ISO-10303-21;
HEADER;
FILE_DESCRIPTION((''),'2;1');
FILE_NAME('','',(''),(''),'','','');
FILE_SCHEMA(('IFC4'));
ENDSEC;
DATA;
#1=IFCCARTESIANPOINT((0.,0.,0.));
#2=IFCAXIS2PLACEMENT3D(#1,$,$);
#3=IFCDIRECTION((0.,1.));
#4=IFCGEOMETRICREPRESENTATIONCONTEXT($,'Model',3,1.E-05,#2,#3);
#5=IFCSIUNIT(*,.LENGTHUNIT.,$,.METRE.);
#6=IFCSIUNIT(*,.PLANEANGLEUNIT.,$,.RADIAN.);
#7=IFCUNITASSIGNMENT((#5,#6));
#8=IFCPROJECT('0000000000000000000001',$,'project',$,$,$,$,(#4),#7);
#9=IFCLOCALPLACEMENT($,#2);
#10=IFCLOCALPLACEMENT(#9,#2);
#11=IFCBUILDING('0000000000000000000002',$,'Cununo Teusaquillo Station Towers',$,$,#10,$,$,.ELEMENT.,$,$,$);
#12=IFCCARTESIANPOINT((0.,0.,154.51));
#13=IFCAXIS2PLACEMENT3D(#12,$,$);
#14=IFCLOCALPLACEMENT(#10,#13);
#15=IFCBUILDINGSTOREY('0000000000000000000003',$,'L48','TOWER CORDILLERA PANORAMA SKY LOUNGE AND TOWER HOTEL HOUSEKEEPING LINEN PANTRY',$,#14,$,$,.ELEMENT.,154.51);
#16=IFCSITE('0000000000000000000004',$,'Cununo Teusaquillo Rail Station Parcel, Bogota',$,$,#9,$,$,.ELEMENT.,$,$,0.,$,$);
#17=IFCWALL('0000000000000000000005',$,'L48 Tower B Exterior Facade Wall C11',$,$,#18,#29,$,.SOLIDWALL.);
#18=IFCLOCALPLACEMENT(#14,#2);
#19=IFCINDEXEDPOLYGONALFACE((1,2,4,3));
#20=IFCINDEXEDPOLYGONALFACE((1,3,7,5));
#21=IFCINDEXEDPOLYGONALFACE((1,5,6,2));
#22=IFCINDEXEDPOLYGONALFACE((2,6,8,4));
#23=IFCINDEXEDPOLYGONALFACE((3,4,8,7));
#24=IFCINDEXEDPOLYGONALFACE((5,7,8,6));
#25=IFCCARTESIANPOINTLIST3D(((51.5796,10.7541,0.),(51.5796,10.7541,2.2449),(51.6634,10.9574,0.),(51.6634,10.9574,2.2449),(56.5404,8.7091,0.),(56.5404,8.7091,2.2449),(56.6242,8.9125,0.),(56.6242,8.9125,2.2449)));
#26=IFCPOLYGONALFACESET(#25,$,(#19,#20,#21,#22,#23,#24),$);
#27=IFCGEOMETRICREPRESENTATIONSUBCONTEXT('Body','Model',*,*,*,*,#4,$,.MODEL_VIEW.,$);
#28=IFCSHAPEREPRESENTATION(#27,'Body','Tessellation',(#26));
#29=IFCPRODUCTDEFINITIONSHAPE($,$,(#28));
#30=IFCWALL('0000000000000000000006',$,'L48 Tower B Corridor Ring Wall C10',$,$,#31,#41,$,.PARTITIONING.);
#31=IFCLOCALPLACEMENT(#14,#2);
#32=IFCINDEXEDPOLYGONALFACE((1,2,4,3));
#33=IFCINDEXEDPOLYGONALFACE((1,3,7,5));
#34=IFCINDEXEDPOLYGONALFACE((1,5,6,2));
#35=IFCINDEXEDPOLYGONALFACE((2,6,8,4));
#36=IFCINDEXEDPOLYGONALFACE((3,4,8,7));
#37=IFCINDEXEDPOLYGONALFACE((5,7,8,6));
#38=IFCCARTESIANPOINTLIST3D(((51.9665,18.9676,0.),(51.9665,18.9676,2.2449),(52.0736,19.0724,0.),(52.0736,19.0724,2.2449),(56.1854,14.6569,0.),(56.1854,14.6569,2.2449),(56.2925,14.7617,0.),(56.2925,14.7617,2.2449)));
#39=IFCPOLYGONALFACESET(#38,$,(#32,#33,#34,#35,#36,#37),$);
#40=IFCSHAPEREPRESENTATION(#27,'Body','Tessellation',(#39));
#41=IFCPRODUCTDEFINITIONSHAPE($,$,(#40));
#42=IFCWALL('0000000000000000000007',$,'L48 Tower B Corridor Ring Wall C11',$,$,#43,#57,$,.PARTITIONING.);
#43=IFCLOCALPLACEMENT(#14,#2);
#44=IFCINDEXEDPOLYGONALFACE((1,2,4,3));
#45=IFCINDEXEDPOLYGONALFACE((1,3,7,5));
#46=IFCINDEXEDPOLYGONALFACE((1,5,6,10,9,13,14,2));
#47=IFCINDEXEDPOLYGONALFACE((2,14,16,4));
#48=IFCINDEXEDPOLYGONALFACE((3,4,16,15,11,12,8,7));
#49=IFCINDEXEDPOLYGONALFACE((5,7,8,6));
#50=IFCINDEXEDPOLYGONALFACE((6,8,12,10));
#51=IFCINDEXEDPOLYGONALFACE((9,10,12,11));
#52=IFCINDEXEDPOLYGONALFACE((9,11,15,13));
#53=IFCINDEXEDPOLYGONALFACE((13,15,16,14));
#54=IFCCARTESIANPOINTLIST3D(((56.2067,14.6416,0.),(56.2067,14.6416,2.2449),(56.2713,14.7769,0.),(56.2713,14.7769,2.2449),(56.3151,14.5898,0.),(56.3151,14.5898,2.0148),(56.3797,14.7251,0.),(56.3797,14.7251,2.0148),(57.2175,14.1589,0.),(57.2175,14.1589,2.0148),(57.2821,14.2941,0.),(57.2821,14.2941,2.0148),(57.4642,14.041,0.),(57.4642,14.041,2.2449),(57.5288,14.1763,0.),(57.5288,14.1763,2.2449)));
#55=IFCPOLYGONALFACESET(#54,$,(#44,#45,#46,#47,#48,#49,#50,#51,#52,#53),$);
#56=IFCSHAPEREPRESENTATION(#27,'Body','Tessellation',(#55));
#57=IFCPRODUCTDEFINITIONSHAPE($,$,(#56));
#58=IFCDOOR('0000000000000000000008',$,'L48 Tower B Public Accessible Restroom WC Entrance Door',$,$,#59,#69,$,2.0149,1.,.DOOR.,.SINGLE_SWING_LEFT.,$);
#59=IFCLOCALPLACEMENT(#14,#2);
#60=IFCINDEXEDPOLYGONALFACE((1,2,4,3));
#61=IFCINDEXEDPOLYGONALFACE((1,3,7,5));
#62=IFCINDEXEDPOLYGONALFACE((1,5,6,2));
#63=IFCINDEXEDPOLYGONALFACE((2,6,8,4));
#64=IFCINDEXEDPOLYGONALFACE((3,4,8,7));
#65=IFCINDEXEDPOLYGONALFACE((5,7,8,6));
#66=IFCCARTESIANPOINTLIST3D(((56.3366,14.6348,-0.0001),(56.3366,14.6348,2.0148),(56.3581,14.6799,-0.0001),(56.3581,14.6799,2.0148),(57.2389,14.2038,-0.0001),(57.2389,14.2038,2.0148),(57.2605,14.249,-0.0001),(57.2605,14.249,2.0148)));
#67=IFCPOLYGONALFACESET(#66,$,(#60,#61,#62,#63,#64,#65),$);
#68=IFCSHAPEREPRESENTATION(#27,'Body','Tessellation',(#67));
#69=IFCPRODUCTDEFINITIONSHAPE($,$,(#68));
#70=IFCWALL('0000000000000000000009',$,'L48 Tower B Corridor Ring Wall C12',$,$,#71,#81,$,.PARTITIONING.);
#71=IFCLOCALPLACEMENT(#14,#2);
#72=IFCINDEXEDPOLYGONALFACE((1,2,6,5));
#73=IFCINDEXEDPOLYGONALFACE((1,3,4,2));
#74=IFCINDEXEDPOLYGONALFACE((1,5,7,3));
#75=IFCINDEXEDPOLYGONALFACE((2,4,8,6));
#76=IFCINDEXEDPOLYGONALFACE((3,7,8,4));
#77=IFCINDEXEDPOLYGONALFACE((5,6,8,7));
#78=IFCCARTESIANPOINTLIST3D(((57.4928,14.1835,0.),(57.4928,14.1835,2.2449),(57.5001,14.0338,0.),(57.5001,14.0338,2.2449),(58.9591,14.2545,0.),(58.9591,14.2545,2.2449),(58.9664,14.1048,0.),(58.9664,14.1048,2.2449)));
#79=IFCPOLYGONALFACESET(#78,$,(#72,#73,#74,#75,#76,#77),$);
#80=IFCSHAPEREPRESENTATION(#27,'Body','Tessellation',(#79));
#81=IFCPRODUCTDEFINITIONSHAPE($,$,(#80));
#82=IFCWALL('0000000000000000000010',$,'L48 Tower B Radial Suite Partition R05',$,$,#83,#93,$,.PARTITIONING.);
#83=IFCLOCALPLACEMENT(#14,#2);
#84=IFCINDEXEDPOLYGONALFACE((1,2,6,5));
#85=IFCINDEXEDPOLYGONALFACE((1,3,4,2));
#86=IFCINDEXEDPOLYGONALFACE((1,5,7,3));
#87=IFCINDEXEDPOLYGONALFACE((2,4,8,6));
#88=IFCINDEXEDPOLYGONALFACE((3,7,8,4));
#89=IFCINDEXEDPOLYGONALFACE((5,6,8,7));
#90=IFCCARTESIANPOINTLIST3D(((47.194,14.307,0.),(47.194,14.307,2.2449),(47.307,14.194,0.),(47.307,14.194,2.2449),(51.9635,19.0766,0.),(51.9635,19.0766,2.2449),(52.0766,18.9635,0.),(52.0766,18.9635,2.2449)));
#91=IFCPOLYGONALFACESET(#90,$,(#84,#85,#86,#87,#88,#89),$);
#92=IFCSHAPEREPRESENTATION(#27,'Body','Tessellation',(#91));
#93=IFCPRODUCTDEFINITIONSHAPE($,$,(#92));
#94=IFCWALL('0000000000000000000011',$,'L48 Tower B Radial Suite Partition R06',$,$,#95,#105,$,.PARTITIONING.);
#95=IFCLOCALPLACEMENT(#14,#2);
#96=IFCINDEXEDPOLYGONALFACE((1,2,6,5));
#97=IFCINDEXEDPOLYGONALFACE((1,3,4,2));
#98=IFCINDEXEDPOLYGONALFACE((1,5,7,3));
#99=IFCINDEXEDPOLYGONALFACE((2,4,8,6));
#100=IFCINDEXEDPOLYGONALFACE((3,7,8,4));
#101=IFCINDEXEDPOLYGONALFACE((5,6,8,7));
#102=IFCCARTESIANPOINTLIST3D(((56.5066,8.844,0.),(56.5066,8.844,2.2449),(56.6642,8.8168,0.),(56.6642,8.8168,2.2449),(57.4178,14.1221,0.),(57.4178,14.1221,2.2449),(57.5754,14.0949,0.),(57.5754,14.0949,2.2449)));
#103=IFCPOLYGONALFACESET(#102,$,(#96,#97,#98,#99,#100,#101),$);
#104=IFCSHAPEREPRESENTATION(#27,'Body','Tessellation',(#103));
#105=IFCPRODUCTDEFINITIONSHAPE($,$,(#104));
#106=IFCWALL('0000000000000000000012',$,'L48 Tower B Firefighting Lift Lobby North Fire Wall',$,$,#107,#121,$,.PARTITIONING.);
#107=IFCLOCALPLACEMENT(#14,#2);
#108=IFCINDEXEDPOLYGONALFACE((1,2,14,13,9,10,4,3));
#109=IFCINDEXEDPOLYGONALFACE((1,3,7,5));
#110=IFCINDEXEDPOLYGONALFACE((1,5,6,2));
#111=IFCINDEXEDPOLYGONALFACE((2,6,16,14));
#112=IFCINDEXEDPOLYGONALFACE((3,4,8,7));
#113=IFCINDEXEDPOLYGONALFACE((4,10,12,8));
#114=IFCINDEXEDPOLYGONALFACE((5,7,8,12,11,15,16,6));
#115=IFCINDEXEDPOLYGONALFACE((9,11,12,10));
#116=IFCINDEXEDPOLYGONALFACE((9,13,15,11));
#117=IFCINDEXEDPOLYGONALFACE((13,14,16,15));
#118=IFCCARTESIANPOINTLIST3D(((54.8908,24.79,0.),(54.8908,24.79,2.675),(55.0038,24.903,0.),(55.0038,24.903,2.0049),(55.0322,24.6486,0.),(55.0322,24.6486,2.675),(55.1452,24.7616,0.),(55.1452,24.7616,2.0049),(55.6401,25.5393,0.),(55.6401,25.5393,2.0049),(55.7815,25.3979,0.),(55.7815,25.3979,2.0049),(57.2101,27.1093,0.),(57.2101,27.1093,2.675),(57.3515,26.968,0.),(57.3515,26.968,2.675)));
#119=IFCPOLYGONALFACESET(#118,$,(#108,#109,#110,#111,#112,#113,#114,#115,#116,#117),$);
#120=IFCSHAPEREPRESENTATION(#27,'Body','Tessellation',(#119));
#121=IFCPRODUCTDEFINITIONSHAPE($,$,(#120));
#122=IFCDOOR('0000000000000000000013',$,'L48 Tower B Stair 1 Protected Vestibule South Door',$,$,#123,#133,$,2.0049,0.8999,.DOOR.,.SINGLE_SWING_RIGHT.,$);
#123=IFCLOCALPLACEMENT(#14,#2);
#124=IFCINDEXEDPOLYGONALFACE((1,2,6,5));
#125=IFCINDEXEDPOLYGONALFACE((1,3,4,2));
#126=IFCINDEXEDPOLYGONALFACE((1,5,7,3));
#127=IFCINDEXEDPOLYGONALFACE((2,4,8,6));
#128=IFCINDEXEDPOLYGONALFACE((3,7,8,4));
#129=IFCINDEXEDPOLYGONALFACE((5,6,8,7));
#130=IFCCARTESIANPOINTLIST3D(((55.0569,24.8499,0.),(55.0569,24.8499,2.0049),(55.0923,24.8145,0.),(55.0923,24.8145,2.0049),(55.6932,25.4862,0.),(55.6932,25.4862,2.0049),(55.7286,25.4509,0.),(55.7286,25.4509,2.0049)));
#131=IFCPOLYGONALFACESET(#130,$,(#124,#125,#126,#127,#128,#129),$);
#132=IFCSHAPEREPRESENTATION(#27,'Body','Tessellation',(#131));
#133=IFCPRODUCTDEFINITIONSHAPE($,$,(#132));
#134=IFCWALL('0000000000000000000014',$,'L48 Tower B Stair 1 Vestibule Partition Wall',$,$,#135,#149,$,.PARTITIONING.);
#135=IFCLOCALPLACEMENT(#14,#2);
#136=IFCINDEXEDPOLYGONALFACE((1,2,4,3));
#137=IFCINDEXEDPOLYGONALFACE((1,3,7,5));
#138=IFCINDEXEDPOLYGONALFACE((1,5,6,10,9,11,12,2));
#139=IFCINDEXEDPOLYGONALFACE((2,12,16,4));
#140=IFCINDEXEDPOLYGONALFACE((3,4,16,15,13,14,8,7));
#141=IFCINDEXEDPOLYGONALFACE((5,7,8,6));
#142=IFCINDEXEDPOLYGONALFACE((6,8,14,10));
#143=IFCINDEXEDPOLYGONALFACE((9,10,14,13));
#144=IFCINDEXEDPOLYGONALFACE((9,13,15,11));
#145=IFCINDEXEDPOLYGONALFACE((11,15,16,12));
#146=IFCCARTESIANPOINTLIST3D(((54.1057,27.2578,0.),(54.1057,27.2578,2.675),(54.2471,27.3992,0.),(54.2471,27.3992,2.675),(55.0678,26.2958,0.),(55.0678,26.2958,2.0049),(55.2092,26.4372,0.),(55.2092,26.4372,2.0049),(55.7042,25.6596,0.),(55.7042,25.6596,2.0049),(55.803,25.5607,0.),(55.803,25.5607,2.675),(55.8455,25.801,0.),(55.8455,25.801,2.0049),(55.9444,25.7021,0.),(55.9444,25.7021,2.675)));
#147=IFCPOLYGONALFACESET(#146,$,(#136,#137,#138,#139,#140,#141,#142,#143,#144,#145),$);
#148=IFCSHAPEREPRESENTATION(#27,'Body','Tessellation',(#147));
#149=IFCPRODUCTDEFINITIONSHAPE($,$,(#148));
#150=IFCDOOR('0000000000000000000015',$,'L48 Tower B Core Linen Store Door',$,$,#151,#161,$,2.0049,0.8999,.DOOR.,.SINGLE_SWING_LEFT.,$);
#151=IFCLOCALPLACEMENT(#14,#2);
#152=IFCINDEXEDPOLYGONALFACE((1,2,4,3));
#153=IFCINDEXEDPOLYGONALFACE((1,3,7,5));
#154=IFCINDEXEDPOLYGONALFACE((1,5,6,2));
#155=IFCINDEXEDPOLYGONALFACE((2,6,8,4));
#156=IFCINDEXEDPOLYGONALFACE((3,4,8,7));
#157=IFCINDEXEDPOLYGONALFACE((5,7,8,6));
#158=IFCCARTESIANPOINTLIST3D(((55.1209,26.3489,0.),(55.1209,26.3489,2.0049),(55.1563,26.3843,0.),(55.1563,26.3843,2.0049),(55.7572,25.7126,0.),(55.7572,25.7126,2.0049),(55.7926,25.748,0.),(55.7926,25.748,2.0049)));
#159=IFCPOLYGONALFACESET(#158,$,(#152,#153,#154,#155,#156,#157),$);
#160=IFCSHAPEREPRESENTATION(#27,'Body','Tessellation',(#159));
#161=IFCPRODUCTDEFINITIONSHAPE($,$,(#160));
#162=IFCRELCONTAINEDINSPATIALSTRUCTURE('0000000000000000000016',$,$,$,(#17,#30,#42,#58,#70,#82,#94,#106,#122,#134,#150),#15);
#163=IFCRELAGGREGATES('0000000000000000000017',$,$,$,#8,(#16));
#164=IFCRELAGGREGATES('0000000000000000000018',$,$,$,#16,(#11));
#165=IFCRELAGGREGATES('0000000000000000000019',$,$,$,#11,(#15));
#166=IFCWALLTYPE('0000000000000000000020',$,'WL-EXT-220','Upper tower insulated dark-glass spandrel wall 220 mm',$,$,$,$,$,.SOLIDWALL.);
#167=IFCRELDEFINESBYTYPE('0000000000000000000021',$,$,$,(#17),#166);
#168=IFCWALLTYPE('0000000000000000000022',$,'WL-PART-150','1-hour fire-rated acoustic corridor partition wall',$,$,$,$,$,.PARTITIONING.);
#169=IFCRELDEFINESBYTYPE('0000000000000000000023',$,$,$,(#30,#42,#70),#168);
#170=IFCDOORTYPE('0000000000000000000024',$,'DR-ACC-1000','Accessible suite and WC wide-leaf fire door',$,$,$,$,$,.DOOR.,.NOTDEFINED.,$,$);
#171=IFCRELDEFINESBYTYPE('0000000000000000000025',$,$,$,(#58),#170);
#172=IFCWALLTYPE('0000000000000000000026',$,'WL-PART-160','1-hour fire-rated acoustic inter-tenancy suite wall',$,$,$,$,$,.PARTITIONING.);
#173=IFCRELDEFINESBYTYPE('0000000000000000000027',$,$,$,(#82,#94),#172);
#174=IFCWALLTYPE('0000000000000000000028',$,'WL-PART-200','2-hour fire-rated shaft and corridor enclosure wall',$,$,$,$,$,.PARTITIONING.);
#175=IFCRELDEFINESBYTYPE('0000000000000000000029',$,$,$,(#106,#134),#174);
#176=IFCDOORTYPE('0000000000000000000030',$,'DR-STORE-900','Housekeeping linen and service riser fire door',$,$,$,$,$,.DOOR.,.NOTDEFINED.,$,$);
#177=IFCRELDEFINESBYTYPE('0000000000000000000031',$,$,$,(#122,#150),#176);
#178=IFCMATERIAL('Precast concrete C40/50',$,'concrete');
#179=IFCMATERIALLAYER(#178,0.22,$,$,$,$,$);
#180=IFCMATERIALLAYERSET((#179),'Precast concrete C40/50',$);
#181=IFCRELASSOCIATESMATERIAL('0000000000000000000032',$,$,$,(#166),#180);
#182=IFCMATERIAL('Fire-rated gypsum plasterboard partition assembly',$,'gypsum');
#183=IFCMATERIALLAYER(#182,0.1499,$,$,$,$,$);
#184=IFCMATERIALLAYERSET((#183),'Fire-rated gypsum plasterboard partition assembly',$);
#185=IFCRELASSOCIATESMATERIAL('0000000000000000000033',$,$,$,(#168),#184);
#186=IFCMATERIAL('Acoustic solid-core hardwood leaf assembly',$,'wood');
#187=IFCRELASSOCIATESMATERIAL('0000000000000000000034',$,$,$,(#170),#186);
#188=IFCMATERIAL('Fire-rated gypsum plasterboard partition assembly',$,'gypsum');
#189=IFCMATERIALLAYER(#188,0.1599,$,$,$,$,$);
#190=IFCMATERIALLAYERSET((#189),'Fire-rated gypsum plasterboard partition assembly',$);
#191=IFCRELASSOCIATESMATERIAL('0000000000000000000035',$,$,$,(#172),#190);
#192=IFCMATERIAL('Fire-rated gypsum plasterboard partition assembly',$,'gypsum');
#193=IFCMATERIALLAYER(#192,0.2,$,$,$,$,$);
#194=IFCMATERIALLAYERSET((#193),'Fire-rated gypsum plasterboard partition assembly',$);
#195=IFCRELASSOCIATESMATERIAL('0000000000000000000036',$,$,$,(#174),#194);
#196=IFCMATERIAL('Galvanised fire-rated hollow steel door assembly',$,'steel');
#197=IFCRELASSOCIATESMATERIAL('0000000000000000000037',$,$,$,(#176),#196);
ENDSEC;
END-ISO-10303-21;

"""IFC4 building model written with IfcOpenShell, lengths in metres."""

from ifc_helpers import new_model, si_unit, direction, frame, frame_2d, origin, place, context, subcontext, project, spatial, rectangle, extrude, source, transform, mapped, material, layer, layer_set, type_object, element, fill, save


model = new_model("IFC4")

# Units and contexts
model_context = context("Model", 3, precision=1e-05, world=origin(), true_north=direction((0.0, 1.0)))
body_context = subcontext(model_context, "Body", "Model", "MODEL_VIEW")
ifc_project = project(units=[si_unit("LENGTHUNIT", "METRE"), si_unit("PLANEANGLEUNIT", "RADIAN")], contexts=[model_context])

# Site, building, storey
site_placement = place(None, origin())
site = spatial("IfcSite", under=ifc_project, at=site_placement, Name="Cununo Teusaquillo Rail Station Parcel, Bogota", CompositionType="ELEMENT", RefElevation=0.0)
building_placement = place(site_placement, origin())
building = spatial("IfcBuilding", under=site, at=building_placement, Name="Cununo Teusaquillo Station Towers", CompositionType="ELEMENT")
storey_placement = place(building_placement, frame((0.0, 0.0, 154.51)))
storey = spatial("IfcBuildingStorey", under=building, at=storey_placement, Name="L48", Description="TOWER CORDILLERA PANORAMA SKY LOUNGE AND TOWER HOTEL HOUSEKEEPING LINEN PANTRY", CompositionType="ELEMENT", Elevation=154.51)

# Shared definitions
ifc_material_1 = material(Name="Precast concrete C40/50", Category="concrete")
ifc_layer_1 = layer(ifc_material_1, 0.22)
ifc_layer_set_1 = layer_set([ifc_layer_1], Name="Precast concrete C40/50")
wall_type_1 = type_object("IfcWallType", Name="WL-EXT-220", Description="Upper tower insulated dark-glass spandrel wall 220 mm", PredefinedType="SOLIDWALL", material=ifc_layer_set_1)

# Walls
wall_1_placement = place(storey_placement, frame((56.5823, 8.8108, 0.0), z_axis=(0.0, 0.0, 1.0), x_axis=(-0.924528, 0.381114, 0.0)))
element("IfcWall", 1, at=wall_1_placement, inside=storey, type_object=wall_type_1, Name="L48 Tower B Exterior Facade Wall C11", PredefinedType="SOLIDWALL", context=body_context, shape_type="SweptSolid", body=[
    extrude(rectangle(XDim=5.3657, YDim=0.22, at=frame_2d((2.6829, 0.0))), origin(), (0.0, 0.0, 1.0), 2.2449),
])
ifc_material_2 = material(Name="Fire-rated gypsum plasterboard partition assembly", Category="gypsum")
ifc_layer_2 = layer(ifc_material_2, 0.1499)
ifc_layer_set_2 = layer_set([ifc_layer_2], Name="Fire-rated gypsum plasterboard partition assembly")
wall_type_2 = type_object("IfcWallType", Name="WL-PART-150", Description="1-hour fire-rated acoustic corridor partition wall", PredefinedType="PARTITIONING", material=ifc_layer_set_2)
wall_2_placement = place(storey_placement, frame((52.02, 19.02, 0.0), z_axis=(0.0, 0.0, 1.0), x_axis=(0.699456, -0.714675, 0.0)))
element("IfcWall", 2, at=wall_2_placement, inside=storey, type_object=wall_type_2, Name="L48 Tower B Corridor Ring Wall C10", PredefinedType="PARTITIONING", context=body_context, shape_type="SweptSolid", body=[
    extrude(rectangle(XDim=6.0317, YDim=0.1499, at=frame_2d((3.0159, 0.0))), origin(), (0.0, 0.0, 1.0), 2.2449),
])

# Wall, opening, door
wall_3_placement = place(storey_placement, frame((56.239, 14.7092, 0.0), z_axis=(0.0, 0.0, 1.0), x_axis=(0.902374, -0.430953, 0.0)))
wall_3 = element("IfcWall", 3, at=wall_3_placement, inside=storey, type_object=wall_type_2, Name="L48 Tower B Corridor Ring Wall C11", PredefinedType="PARTITIONING", context=body_context, shape_type="SweptSolid", body=[
    extrude(rectangle(XDim=1.3936, YDim=0.1499, at=frame_2d((0.6968, 0.0))), origin(), (0.0, 0.0, 1.0), 2.2449),
])
shared_shape_1 = source(origin(), body_context, "Body", "SweptSolid", [
    extrude(rectangle(XDim=1.0, YDim=2.0149, at=frame_2d((0.5, 1.0073))), frame((0.0, 0.085, 0.0), z_axis=(0.0, -1.0, 0.0), x_axis=(1.0, 0.0, 0.0)), (0.0, 0.0, 1.0), 0.1699),
])
opening_1_placement = place(wall_3_placement, frame((0.1201, 0.0, 0.0)))
opening_1 = element("IfcOpeningElement", 4, at=opening_1_placement, cuts=wall_3, PredefinedType="OPENING", context=body_context, shape_type="MappedRepresentation", body=[
    mapped(shared_shape_1, transform((0.0, 0.0, 0.0), x_axis=(1.0, 0.0, 0.0), y_axis=(0.0, 1.0, 0.0), z_axis=(0.0, 0.0, 1.0), scale=1.0)),
])
ifc_material_3 = material(Name="Acoustic solid-core hardwood leaf assembly", Category="wood")
door_type_1 = type_object("IfcDoorType", Name="DR-ACC-1000", Description="Accessible suite and WC wide-leaf fire door", OperationType="NOTDEFINED", PredefinedType="DOOR", material=ifc_material_3)
shared_shape_2 = source(origin(), body_context, "Body", "SweptSolid", [
    extrude(rectangle(XDim=1.0, YDim=2.0149, at=frame_2d((0.5, 1.0073))), frame((0.0, 0.0249, 0.0), z_axis=(0.0, -1.0, 0.0), x_axis=(1.0, 0.0, 0.0)), (0.0, 0.0, 1.0), 0.05),
])
door_1_placement = place(opening_1_placement, origin())
door_1 = element("IfcDoor", 5, at=door_1_placement, inside=storey, type_object=door_type_1, Name="L48 Tower B Public Accessible Restroom WC Entrance Door", OperationType="SINGLE_SWING_LEFT", OverallHeight=2.0149, OverallWidth=1.0, PredefinedType="DOOR", context=body_context, shape_type="MappedRepresentation", body=[
    mapped(shared_shape_2, transform((0.0, 0.0, 0.0), x_axis=(1.0, 0.0, 0.0), y_axis=(0.0, 1.0, 0.0), z_axis=(0.0, 0.0, 1.0), scale=1.0)),
])
fill(opening_1, door_1)

# Walls
wall_4_placement = place(storey_placement, frame((57.4966, 14.1086, 0.0), z_axis=(0.0, 0.0, 1.0), x_axis=(0.998828, 0.048395, 0.0)))
element("IfcWall", 6, at=wall_4_placement, inside=storey, type_object=wall_type_2, Name="L48 Tower B Corridor Ring Wall C12", PredefinedType="PARTITIONING", context=body_context, shape_type="SweptSolid", body=[
    extrude(rectangle(XDim=1.468, YDim=0.1499, at=frame_2d((0.7339, 0.0))), origin(), (0.0, 0.0, 1.0), 2.2449),
])
ifc_material_4 = material(Name="Fire-rated gypsum plasterboard partition assembly", Category="gypsum")
ifc_layer_3 = layer(ifc_material_4, 0.1599)
ifc_layer_set_3 = layer_set([ifc_layer_3], Name="Fire-rated gypsum plasterboard partition assembly")
wall_type_3 = type_object("IfcWallType", Name="WL-PART-160", Description="1-hour fire-rated acoustic inter-tenancy suite wall", PredefinedType="PARTITIONING", material=ifc_layer_set_3)
wall_5_placement = place(storey_placement, frame((52.02, 19.02, 0.0), z_axis=(0.0, 0.0, 1.0), x_axis=(-0.707107, -0.707107, 0.0)))
element("IfcWall", 7, at=wall_5_placement, inside=storey, type_object=wall_type_3, Name="L48 Tower B Radial Suite Partition R05", PredefinedType="PARTITIONING", context=body_context, shape_type="SweptSolid", body=[
    extrude(rectangle(XDim=6.7451, YDim=0.1599, at=frame_2d((3.3726, 0.0))), origin(), (0.0, 0.0, 1.0), 2.2449),
])
wall_6_placement = place(storey_placement, frame((57.4966, 14.1086, 0.0), z_axis=(0.0, 0.0, 1.0), x_axis=(-0.17011, -0.985425, 0.0)))
element("IfcWall", 8, at=wall_6_placement, inside=storey, type_object=wall_type_3, Name="L48 Tower B Radial Suite Partition R06", PredefinedType="PARTITIONING", context=body_context, shape_type="SweptSolid", body=[
    extrude(rectangle(XDim=5.3562, YDim=0.1599, at=frame_2d((2.6782, 0.0))), origin(), (0.0, 0.0, 1.0), 2.2449),
])

# Walls, openings, doors
ifc_material_5 = material(Name="Fire-rated gypsum plasterboard partition assembly", Category="gypsum")
ifc_layer_4 = layer(ifc_material_5, 0.2)
ifc_layer_set_4 = layer_set([ifc_layer_4], Name="Fire-rated gypsum plasterboard partition assembly")
wall_type_4 = type_object("IfcWallType", Name="WL-PART-200", Description="2-hour fire-rated shaft and corridor enclosure wall", PredefinedType="PARTITIONING", material=ifc_layer_set_4)
wall_7_placement = place(storey_placement, frame((54.9614, 24.7192, 0.0), z_axis=(0.0, 0.0, 1.0), x_axis=(0.707107, 0.707107, 0.0)))
wall_7 = element("IfcWall", 9, at=wall_7_placement, inside=storey, type_object=wall_type_4, Name="L48 Tower B Firefighting Lift Lobby North Fire Wall", PredefinedType="PARTITIONING", context=body_context, shape_type="SweptSolid", body=[
    extrude(rectangle(XDim=3.28, YDim=0.2, at=frame_2d((1.6401, 0.0))), origin(), (0.0, 0.0, 1.0), 2.675),
])
shared_shape_3 = source(origin(), body_context, "Body", "SweptSolid", [
    extrude(rectangle(XDim=0.8999, YDim=2.0049, at=frame_2d((0.45, 1.0024))), frame((0.0, 0.1099, 0.0), z_axis=(0.0, -1.0, 0.0), x_axis=(1.0, 0.0, 0.0)), (0.0, 0.0, 1.0), 0.22),
])
opening_2_placement = place(wall_7_placement, frame((0.1599, 0.0, 0.0)))
opening_2 = element("IfcOpeningElement", 10, at=opening_2_placement, cuts=wall_7, PredefinedType="OPENING", context=body_context, shape_type="MappedRepresentation", body=[
    mapped(shared_shape_3, transform((0.0, 0.0, 0.0), x_axis=(1.0, 0.0, 0.0), y_axis=(0.0, 1.0, 0.0), z_axis=(0.0, 0.0, 1.0), scale=1.0)),
])
ifc_material_6 = material(Name="Galvanised fire-rated hollow steel door assembly", Category="steel")
door_type_2 = type_object("IfcDoorType", Name="DR-STORE-900", Description="Housekeeping linen and service riser fire door", OperationType="NOTDEFINED", PredefinedType="DOOR", material=ifc_material_6)
shared_shape_4 = source(origin(), body_context, "Body", "SweptSolid", [
    extrude(rectangle(XDim=0.8999, YDim=2.0049, at=frame_2d((0.45, 1.0024))), frame((0.0, 0.0249, 0.0), z_axis=(0.0, -1.0, 0.0), x_axis=(1.0, 0.0, 0.0)), (0.0, 0.0, 1.0), 0.05),
])
door_2_placement = place(opening_2_placement, origin())
door_2 = element("IfcDoor", 11, at=door_2_placement, inside=storey, type_object=door_type_2, Name="L48 Tower B Stair 1 Protected Vestibule South Door", OperationType="SINGLE_SWING_RIGHT", OverallHeight=2.0049, OverallWidth=0.8999, PredefinedType="DOOR", context=body_context, shape_type="MappedRepresentation", body=[
    mapped(shared_shape_4, transform((0.0, 0.0, 0.0), x_axis=(1.0, 0.0, 0.0), y_axis=(0.0, 1.0, 0.0), z_axis=(0.0, 0.0, 1.0), scale=1.0)),
])
fill(opening_2, door_2)
wall_8_placement = place(storey_placement, frame((55.8738, 25.6313, 0.0), z_axis=(0.0, 0.0, 1.0), x_axis=(-0.707158, 0.707056, 0.0)))
wall_8 = element("IfcWall", 12, at=wall_8_placement, inside=storey, type_object=wall_type_4, Name="L48 Tower B Stair 1 Vestibule Partition Wall", PredefinedType="PARTITIONING", context=body_context, shape_type="SweptSolid", body=[
    extrude(rectangle(XDim=2.4001, YDim=0.2, at=frame_2d((1.2002, 0.0))), origin(), (0.0, 0.0, 1.0), 2.675),
])
opening_3_placement = place(wall_8_placement, frame((0.1399, 0.0, 0.0)))
opening_3 = element("IfcOpeningElement", 13, at=opening_3_placement, cuts=wall_8, PredefinedType="OPENING", context=body_context, shape_type="MappedRepresentation", body=[
    mapped(shared_shape_3, transform((0.0, 0.0, 0.0), x_axis=(1.0, 0.0, 0.0), y_axis=(0.0, 1.0, 0.0), z_axis=(0.0, 0.0, 1.0), scale=1.0)),
])
door_3_placement = place(opening_3_placement, origin())
door_3 = element("IfcDoor", 14, at=door_3_placement, inside=storey, type_object=door_type_2, Name="L48 Tower B Core Linen Store Door", OperationType="SINGLE_SWING_LEFT", OverallHeight=2.0049, OverallWidth=0.8999, PredefinedType="DOOR", context=body_context, shape_type="MappedRepresentation", body=[
    mapped(shared_shape_4, transform((0.0, 0.0, 0.0), x_axis=(1.0, 0.0, 0.0), y_axis=(0.0, 1.0, 0.0), z_axis=(0.0, 0.0, 1.0), scale=1.0)),
])
fill(opening_3, door_3)

save(model, "model.ifc")
